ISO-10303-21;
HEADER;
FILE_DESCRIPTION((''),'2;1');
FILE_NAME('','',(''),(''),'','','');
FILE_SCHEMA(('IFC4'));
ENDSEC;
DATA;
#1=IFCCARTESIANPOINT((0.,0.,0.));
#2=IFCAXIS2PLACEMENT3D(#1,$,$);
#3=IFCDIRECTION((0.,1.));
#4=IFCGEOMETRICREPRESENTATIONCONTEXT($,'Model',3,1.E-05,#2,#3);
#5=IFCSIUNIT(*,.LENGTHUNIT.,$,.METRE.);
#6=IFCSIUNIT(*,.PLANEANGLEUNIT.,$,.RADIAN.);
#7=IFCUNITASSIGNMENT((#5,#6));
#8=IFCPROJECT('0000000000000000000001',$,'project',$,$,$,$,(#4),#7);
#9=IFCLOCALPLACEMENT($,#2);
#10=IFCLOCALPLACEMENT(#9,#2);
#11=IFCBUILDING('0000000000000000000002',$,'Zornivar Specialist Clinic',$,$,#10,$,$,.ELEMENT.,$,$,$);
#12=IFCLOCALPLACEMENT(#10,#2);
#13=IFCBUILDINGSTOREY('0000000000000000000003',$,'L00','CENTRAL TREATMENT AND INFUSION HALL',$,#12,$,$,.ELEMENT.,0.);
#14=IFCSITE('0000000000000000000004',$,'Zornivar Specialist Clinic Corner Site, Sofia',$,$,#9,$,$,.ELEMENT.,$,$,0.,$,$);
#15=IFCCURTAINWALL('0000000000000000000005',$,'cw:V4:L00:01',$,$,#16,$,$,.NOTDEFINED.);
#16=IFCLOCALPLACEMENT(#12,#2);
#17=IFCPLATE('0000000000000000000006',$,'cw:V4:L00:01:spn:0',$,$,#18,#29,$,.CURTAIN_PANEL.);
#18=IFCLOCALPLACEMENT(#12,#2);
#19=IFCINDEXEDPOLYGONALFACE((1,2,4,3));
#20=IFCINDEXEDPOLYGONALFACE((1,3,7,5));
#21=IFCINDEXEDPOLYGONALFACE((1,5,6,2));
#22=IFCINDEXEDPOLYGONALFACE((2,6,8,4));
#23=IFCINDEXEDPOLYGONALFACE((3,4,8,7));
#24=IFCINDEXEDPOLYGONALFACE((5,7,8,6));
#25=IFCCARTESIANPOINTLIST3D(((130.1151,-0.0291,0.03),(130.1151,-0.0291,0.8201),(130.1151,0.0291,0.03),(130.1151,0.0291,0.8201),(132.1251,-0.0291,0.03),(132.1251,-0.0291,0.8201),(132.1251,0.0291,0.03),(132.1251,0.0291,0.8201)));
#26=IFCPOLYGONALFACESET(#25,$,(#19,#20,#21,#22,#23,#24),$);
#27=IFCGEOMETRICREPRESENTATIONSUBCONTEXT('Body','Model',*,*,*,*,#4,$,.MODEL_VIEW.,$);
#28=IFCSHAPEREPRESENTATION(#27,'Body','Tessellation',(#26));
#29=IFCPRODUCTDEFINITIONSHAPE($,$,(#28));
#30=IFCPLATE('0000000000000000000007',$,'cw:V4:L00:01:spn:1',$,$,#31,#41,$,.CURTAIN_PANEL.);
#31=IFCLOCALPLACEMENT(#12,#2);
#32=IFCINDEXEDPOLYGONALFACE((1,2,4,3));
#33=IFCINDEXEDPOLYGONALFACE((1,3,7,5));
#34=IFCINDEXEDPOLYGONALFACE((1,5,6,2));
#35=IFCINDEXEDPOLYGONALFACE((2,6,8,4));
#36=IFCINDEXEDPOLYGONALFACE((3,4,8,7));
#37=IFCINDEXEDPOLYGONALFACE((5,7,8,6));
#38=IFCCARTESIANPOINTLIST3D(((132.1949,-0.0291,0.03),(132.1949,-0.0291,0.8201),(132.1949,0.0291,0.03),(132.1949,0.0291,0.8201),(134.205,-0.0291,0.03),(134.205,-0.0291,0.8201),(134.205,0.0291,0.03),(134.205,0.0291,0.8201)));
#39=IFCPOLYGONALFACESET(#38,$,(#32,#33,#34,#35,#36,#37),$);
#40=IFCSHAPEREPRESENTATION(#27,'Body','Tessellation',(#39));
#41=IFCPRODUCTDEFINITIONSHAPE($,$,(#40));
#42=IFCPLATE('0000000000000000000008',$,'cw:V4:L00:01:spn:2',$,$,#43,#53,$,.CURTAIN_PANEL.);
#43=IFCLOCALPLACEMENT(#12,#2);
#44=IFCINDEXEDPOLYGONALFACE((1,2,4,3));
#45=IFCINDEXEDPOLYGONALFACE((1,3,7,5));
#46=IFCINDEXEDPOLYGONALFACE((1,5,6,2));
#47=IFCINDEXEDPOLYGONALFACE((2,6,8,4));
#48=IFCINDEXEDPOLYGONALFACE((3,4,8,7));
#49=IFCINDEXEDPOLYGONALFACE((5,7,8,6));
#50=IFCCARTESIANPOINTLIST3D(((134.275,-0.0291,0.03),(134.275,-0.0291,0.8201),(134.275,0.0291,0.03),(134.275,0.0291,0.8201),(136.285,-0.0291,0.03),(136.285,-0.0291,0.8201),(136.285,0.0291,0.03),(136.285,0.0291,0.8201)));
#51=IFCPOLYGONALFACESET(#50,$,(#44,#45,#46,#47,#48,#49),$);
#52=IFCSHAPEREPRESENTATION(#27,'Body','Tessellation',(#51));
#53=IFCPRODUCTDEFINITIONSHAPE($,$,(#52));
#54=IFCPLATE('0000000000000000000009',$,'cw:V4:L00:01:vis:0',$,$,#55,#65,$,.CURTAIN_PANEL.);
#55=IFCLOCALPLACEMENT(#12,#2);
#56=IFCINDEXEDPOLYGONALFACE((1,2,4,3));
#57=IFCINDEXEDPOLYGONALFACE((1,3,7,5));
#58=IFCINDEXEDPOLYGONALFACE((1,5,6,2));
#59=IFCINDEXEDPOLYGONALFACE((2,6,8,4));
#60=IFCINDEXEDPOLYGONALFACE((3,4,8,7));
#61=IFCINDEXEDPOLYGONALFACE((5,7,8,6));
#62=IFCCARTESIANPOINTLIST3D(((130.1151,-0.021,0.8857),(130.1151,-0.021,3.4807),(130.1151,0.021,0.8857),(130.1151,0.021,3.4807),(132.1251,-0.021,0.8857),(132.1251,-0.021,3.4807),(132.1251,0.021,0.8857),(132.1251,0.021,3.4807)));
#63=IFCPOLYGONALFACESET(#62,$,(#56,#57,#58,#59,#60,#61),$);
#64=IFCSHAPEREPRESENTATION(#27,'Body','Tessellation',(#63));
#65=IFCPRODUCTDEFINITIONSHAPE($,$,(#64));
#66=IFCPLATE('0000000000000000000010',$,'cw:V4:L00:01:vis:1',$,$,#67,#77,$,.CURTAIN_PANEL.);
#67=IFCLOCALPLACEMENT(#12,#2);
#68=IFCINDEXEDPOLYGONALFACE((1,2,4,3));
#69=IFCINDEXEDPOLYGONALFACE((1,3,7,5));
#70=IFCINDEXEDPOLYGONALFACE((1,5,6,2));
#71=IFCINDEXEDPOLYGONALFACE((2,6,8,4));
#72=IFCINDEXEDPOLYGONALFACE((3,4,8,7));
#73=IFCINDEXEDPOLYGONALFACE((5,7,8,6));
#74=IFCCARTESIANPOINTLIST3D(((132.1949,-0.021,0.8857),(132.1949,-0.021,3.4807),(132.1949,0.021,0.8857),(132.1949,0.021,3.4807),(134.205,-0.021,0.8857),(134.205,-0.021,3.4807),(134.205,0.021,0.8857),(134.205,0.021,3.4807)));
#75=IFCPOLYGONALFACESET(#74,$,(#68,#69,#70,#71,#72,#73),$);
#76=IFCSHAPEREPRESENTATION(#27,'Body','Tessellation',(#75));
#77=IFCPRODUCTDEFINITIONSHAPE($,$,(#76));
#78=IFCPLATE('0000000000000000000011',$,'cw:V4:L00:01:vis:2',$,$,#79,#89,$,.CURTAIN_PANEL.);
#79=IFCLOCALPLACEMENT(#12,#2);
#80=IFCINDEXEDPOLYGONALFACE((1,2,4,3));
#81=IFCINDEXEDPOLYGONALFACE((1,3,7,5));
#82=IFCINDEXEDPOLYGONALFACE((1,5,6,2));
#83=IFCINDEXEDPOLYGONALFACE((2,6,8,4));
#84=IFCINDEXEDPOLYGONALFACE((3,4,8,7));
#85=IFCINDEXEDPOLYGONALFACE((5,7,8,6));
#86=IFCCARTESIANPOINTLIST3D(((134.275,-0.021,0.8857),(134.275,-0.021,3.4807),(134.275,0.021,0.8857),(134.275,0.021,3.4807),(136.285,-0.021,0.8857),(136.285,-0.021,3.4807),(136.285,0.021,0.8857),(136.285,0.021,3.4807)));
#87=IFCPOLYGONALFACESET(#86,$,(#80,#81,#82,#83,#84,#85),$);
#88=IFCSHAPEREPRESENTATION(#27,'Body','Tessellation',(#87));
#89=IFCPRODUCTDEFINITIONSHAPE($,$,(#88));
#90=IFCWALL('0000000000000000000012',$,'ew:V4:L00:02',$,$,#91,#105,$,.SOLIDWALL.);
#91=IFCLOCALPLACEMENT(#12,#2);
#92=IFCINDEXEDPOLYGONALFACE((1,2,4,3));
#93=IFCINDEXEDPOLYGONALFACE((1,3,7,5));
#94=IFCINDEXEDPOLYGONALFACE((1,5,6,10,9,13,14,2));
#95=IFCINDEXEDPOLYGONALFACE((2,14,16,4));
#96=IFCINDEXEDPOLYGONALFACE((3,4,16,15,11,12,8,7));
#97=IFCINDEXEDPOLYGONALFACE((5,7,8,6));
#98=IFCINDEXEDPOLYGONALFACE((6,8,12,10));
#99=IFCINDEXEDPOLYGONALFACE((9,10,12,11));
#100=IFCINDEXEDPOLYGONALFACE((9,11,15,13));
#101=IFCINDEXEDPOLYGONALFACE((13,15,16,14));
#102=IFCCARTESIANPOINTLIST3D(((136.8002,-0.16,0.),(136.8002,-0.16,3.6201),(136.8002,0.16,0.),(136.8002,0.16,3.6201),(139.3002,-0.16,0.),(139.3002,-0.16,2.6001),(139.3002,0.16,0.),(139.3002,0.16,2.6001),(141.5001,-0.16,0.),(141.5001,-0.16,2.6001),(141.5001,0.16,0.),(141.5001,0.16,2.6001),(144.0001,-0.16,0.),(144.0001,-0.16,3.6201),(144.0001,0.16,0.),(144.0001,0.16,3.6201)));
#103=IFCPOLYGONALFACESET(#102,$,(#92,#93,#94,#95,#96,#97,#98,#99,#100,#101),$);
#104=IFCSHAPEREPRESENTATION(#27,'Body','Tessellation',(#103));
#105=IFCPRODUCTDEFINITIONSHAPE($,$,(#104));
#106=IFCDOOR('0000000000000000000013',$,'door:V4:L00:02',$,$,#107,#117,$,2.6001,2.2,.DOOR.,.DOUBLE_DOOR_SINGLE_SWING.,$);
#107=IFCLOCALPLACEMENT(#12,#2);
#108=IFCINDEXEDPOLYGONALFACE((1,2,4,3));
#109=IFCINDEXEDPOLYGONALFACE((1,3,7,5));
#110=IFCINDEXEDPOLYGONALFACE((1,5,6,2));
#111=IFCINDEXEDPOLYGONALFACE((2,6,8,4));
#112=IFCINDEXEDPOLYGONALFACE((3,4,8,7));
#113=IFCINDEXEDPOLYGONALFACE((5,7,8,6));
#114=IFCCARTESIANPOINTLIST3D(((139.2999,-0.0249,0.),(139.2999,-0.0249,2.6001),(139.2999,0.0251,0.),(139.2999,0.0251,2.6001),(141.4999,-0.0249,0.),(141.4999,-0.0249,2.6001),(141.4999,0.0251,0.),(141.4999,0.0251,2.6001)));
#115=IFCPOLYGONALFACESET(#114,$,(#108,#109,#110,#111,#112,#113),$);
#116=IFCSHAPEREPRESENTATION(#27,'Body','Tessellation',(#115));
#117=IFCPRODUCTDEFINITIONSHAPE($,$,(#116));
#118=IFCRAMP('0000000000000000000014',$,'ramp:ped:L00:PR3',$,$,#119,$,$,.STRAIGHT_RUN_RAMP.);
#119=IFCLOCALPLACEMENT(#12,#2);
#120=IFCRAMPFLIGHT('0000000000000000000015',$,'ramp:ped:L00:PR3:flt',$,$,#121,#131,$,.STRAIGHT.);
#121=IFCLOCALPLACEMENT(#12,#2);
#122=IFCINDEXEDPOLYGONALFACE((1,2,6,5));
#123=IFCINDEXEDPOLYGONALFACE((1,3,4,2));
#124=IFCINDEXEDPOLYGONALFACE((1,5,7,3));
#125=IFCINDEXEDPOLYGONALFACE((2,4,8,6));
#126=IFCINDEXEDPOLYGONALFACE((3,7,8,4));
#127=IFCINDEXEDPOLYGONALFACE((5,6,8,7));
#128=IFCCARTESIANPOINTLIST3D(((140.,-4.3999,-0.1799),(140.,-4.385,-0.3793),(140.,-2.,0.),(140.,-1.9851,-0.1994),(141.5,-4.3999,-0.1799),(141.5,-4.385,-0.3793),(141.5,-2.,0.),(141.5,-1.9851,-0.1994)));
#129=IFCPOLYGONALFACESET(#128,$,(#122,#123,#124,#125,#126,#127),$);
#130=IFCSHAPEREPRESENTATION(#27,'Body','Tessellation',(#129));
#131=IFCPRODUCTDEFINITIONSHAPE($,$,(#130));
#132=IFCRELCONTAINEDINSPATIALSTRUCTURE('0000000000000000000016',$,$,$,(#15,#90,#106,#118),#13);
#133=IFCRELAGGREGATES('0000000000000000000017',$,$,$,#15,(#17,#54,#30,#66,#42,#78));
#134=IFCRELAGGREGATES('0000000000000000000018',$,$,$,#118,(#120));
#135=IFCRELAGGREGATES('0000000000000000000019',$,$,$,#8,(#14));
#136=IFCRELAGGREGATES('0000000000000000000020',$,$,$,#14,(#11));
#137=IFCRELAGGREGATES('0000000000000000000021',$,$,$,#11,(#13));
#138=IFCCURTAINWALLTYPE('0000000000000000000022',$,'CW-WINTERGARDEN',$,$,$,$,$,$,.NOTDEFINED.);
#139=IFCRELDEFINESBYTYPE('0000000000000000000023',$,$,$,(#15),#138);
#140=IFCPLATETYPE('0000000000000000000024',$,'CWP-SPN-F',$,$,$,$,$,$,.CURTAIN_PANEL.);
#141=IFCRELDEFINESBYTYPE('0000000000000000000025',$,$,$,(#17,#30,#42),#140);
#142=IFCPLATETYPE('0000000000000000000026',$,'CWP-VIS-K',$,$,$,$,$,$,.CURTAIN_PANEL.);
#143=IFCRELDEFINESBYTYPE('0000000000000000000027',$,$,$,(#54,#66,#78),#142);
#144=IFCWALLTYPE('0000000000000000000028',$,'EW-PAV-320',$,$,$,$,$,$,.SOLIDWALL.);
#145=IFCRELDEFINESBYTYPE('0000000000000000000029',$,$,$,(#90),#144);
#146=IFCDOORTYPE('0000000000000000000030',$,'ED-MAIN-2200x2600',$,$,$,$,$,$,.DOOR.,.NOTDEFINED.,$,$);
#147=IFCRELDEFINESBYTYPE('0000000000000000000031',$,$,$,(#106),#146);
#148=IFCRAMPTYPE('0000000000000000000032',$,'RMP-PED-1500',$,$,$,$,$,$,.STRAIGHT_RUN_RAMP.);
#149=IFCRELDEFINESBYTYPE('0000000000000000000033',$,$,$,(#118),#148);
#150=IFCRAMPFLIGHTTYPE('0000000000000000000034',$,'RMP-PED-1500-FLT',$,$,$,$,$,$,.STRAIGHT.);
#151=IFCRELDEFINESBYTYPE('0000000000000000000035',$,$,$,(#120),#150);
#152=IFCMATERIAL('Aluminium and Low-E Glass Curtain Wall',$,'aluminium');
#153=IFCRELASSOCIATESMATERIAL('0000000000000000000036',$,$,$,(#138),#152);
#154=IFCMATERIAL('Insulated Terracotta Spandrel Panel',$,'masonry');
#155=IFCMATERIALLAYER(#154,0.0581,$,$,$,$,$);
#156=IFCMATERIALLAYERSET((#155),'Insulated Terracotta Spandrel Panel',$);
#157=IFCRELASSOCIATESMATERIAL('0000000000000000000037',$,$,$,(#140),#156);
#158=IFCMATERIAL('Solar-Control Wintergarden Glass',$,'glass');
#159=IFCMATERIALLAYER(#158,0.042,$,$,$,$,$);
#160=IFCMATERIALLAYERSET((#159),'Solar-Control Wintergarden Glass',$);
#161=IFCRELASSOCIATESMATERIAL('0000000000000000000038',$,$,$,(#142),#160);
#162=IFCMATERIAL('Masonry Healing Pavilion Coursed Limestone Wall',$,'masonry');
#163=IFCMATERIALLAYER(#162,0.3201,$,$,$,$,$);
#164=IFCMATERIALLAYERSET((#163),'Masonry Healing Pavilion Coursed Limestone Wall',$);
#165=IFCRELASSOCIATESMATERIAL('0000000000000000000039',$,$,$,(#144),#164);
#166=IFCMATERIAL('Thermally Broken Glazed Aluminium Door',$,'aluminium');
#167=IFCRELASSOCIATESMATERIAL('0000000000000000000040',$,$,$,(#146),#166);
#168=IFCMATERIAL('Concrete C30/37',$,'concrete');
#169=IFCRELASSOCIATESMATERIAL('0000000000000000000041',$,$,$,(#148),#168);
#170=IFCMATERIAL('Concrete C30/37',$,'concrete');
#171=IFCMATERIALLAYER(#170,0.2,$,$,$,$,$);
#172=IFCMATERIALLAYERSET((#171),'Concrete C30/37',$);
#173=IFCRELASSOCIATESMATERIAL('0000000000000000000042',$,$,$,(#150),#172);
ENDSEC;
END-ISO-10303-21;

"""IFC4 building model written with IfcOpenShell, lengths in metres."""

from ifc_helpers import new_model, si_unit, direction, frame, frame_2d, origin, origin_2d, place, context, subcontext, project, spatial, polyline, rectangle, outline, extrude, material, layer, layer_set, type_object, element, fill, aggregate, save


model = new_model("IFC4")

# Units and contexts
model_context = context("Model", 3, precision=1e-05, world=origin(), true_north=direction((0.0, 1.0)))
body_context = subcontext(model_context, "Body", "Model", "MODEL_VIEW")
ifc_project = project(units=[si_unit("LENGTHUNIT", "METRE"), si_unit("PLANEANGLEUNIT", "RADIAN")], contexts=[model_context])

# Site, building, storey
site_placement = place(None, origin())
site = spatial("IfcSite", under=ifc_project, at=site_placement, Name="Zornivar Specialist Clinic Corner Site, Sofia", CompositionType="ELEMENT", RefElevation=0.0)
building_placement = place(site_placement, origin())
building = spatial("IfcBuilding", under=site, at=building_placement, Name="Zornivar Specialist Clinic", CompositionType="ELEMENT")
storey_placement = place(building_placement, origin())
storey = spatial("IfcBuildingStorey", under=building, at=storey_placement, Name="L00", Description="CENTRAL TREATMENT AND INFUSION HALL", CompositionType="ELEMENT", Elevation=0.0)

# Curtain wall, plates
ifc_material_1 = material(Name="Aluminium and Low-E Glass Curtain Wall", Category="aluminium")
curtain_wall_type = type_object("IfcCurtainWallType", Name="CW-WINTERGARDEN", PredefinedType="NOTDEFINED", material=ifc_material_1)
curtain_wall_placement = place(storey_placement, origin())
curtain_wall = element("IfcCurtainWall", 1, at=curtain_wall_placement, inside=storey, type_object=curtain_wall_type, Name="cw:V4:L00:01", PredefinedType="NOTDEFINED")
ifc_material_2 = material(Name="Insulated Terracotta Spandrel Panel", Category="masonry")
ifc_layer_1 = layer(ifc_material_2, 0.0581)
ifc_layer_set_1 = layer_set([ifc_layer_1], Name="Insulated Terracotta Spandrel Panel")
plate_type_1 = type_object("IfcPlateType", Name="CWP-SPN-F", PredefinedType="CURTAIN_PANEL", material=ifc_layer_set_1)
plate_1_placement = place(storey_placement, frame((131.1201, 0.0, 0.03), z_axis=(0.0, 0.0, 1.0), x_axis=(1.0, 0.0, 0.0)))
plate_1 = element("IfcPlate", 2, at=plate_1_placement, type_object=plate_type_1, Name="cw:V4:L00:01:spn:0", PredefinedType="CURTAIN_PANEL", context=body_context, shape_type="SweptSolid", body=[
    extrude(rectangle(XDim=2.01, YDim=0.0581, at=origin_2d()), origin(), (0.0, 0.0, 1.0), 0.79),
])
plate_2_placement = place(storey_placement, frame((133.2, 0.0, 0.03), z_axis=(0.0, 0.0, 1.0), x_axis=(1.0, 0.0, 0.0)))
plate_2 = element("IfcPlate", 3, at=plate_2_placement, type_object=plate_type_1, Name="cw:V4:L00:01:spn:1", PredefinedType="CURTAIN_PANEL", context=body_context, shape_type="SweptSolid", body=[
    extrude(rectangle(XDim=2.01, YDim=0.0581, at=origin_2d()), origin(), (0.0, 0.0, 1.0), 0.79),
])
plate_3_placement = place(storey_placement, frame((135.28, 0.0, 0.03), z_axis=(0.0, 0.0, 1.0), x_axis=(1.0, 0.0, 0.0)))
plate_3 = element("IfcPlate", 4, at=plate_3_placement, type_object=plate_type_1, Name="cw:V4:L00:01:spn:2", PredefinedType="CURTAIN_PANEL", context=body_context, shape_type="SweptSolid", body=[
    extrude(rectangle(XDim=2.01, YDim=0.0581, at=origin_2d()), origin(), (0.0, 0.0, 1.0), 0.79),
])
ifc_material_3 = material(Name="Solar-Control Wintergarden Glass", Category="glass")
ifc_layer_2 = layer(ifc_material_3, 0.042)
ifc_layer_set_2 = layer_set([ifc_layer_2], Name="Solar-Control Wintergarden Glass")
plate_type_2 = type_object("IfcPlateType", Name="CWP-VIS-K", PredefinedType="CURTAIN_PANEL", material=ifc_layer_set_2)
plate_4_placement = place(storey_placement, frame((131.1201, 0.0, 0.8857), z_axis=(0.0, 0.0, 1.0), x_axis=(1.0, 0.0, 0.0)))
plate_4 = element("IfcPlate", 5, at=plate_4_placement, type_object=plate_type_2, Name="cw:V4:L00:01:vis:0", PredefinedType="CURTAIN_PANEL", context=body_context, shape_type="SweptSolid", body=[
    extrude(rectangle(XDim=2.01, YDim=0.042, at=origin_2d()), origin(), (0.0, 0.0, 1.0), 2.595),
])
plate_5_placement = place(storey_placement, frame((133.2, 0.0, 0.8857), z_axis=(0.0, 0.0, 1.0), x_axis=(1.0, 0.0, 0.0)))
plate_5 = element("IfcPlate", 6, at=plate_5_placement, type_object=plate_type_2, Name="cw:V4:L00:01:vis:1", PredefinedType="CURTAIN_PANEL", context=body_context, shape_type="SweptSolid", body=[
    extrude(rectangle(XDim=2.01, YDim=0.042, at=origin_2d()), origin(), (0.0, 0.0, 1.0), 2.595),
])
plate_6_placement = place(storey_placement, frame((135.28, 0.0, 0.8857), z_axis=(0.0, 0.0, 1.0), x_axis=(1.0, 0.0, 0.0)))
plate_6 = element("IfcPlate", 7, at=plate_6_placement, type_object=plate_type_2, Name="cw:V4:L00:01:vis:2", PredefinedType="CURTAIN_PANEL", context=body_context, shape_type="SweptSolid", body=[
    extrude(rectangle(XDim=2.01, YDim=0.042, at=origin_2d()), origin(), (0.0, 0.0, 1.0), 2.595),
])
aggregate(curtain_wall, [plate_1, plate_4, plate_2, plate_5, plate_3, plate_6])

# Wall, opening, door
ifc_material_4 = material(Name="Masonry Healing Pavilion Coursed Limestone Wall", Category="masonry")
ifc_layer_3 = layer(ifc_material_4, 0.3201)
ifc_layer_set_3 = layer_set([ifc_layer_3], Name="Masonry Healing Pavilion Coursed Limestone Wall")
wall_type = type_object("IfcWallType", Name="EW-PAV-320", PredefinedType="SOLIDWALL", material=ifc_layer_set_3)
wall_placement = place(storey_placement, frame((136.8, 0.0, 0.0), z_axis=(0.0, 0.0, 1.0), x_axis=(1.0, 0.0, 0.0)))
wall = element("IfcWall", 8, at=wall_placement, inside=storey, type_object=wall_type, Name="ew:V4:L00:02", PredefinedType="SOLIDWALL", context=body_context, shape_type="SweptSolid", body=[
    extrude(rectangle(XDim=7.2, YDim=0.3201, at=frame_2d((3.6001, 0.0))), origin(), (0.0, 0.0, 1.0), 3.6201),
])
opening_placement = place(wall_placement, frame((2.5, 0.0, 0.0)))
opening = element("IfcOpeningElement", 9, at=opening_placement, cuts=wall, PredefinedType="OPENING", context=body_context, shape_type="SweptSolid", body=[
    extrude(rectangle(XDim=2.2, YDim=2.6001, at=frame_2d((1.1001, 1.3))), frame((0.0, 0.1699, 0.0), z_axis=(0.0, -1.0, 0.0), x_axis=(1.0, 0.0, 0.0)), (0.0, 0.0, 1.0), 0.3401),
])
ifc_material_5 = material(Name="Thermally Broken Glazed Aluminium Door", Category="aluminium")
door_type = type_object("IfcDoorType", Name="ED-MAIN-2200x2600", OperationType="NOTDEFINED", PredefinedType="DOOR", material=ifc_material_5)
door_placement = place(opening_placement, frame((2.2, 0.0, 0.0), z_axis=(0.0, 0.0, 1.0), x_axis=(-1.0, 0.0, 0.0)))
door = element("IfcDoor", 10, at=door_placement, inside=storey, type_object=door_type, Name="door:V4:L00:02", OperationType="DOUBLE_DOOR_SINGLE_SWING", OverallHeight=2.6001, OverallWidth=2.2, PredefinedType="DOOR", context=body_context, shape_type="SweptSolid", body=[
    extrude(rectangle(XDim=2.2, YDim=2.6001, at=frame_2d((1.1001, 1.3))), frame((0.0, 0.0249, 0.0), z_axis=(0.0, -1.0, 0.0), x_axis=(1.0, 0.0, 0.0)), (0.0, 0.0, 1.0), 0.05),
])
fill(opening, door)

# Ramp, ramp flight
ifc_material_6 = material(Name="Concrete C30/37", Category="concrete")
ramp_type = type_object("IfcRampType", Name="RMP-PED-1500", PredefinedType="STRAIGHT_RUN_RAMP", material=ifc_material_6)
ramp_placement = place(storey_placement, origin())
ramp = element("IfcRamp", 11, at=ramp_placement, inside=storey, type_object=ramp_type, Name="ramp:ped:L00:PR3", PredefinedType="STRAIGHT_RUN_RAMP")
ifc_material_7 = material(Name="Concrete C30/37", Category="concrete")
ifc_layer_4 = layer(ifc_material_7, 0.2)
ifc_layer_set_4 = layer_set([ifc_layer_4], Name="Concrete C30/37")
ramp_flight_type = type_object("IfcRampFlightType", Name="RMP-PED-1500-FLT", PredefinedType="STRAIGHT", material=ifc_layer_set_4)
ramp_flight_placement = place(storey_placement, frame((140.0, -4.3999, -0.1799), z_axis=(0.0, -0.074765, 0.997201), x_axis=(1.0, 0.0, 0.0)))
ramp_flight = element("IfcRampFlight", 12, at=ramp_flight_placement, type_object=ramp_flight_type, Name="ramp:ped:L00:PR3:flt", PredefinedType="STRAIGHT", context=body_context, shape_type="SweptSolid", body=[
    extrude(outline(polyline([(0.0, 0.0), (1.5, 0.0), (1.5, 2.4066), (0.0, 2.4066), (0.0, 0.0)])), origin(), (0.0, 0.0, -1.0), 0.2),
])
aggregate(ramp, [ramp_flight])

save(model, "model.ifc")
